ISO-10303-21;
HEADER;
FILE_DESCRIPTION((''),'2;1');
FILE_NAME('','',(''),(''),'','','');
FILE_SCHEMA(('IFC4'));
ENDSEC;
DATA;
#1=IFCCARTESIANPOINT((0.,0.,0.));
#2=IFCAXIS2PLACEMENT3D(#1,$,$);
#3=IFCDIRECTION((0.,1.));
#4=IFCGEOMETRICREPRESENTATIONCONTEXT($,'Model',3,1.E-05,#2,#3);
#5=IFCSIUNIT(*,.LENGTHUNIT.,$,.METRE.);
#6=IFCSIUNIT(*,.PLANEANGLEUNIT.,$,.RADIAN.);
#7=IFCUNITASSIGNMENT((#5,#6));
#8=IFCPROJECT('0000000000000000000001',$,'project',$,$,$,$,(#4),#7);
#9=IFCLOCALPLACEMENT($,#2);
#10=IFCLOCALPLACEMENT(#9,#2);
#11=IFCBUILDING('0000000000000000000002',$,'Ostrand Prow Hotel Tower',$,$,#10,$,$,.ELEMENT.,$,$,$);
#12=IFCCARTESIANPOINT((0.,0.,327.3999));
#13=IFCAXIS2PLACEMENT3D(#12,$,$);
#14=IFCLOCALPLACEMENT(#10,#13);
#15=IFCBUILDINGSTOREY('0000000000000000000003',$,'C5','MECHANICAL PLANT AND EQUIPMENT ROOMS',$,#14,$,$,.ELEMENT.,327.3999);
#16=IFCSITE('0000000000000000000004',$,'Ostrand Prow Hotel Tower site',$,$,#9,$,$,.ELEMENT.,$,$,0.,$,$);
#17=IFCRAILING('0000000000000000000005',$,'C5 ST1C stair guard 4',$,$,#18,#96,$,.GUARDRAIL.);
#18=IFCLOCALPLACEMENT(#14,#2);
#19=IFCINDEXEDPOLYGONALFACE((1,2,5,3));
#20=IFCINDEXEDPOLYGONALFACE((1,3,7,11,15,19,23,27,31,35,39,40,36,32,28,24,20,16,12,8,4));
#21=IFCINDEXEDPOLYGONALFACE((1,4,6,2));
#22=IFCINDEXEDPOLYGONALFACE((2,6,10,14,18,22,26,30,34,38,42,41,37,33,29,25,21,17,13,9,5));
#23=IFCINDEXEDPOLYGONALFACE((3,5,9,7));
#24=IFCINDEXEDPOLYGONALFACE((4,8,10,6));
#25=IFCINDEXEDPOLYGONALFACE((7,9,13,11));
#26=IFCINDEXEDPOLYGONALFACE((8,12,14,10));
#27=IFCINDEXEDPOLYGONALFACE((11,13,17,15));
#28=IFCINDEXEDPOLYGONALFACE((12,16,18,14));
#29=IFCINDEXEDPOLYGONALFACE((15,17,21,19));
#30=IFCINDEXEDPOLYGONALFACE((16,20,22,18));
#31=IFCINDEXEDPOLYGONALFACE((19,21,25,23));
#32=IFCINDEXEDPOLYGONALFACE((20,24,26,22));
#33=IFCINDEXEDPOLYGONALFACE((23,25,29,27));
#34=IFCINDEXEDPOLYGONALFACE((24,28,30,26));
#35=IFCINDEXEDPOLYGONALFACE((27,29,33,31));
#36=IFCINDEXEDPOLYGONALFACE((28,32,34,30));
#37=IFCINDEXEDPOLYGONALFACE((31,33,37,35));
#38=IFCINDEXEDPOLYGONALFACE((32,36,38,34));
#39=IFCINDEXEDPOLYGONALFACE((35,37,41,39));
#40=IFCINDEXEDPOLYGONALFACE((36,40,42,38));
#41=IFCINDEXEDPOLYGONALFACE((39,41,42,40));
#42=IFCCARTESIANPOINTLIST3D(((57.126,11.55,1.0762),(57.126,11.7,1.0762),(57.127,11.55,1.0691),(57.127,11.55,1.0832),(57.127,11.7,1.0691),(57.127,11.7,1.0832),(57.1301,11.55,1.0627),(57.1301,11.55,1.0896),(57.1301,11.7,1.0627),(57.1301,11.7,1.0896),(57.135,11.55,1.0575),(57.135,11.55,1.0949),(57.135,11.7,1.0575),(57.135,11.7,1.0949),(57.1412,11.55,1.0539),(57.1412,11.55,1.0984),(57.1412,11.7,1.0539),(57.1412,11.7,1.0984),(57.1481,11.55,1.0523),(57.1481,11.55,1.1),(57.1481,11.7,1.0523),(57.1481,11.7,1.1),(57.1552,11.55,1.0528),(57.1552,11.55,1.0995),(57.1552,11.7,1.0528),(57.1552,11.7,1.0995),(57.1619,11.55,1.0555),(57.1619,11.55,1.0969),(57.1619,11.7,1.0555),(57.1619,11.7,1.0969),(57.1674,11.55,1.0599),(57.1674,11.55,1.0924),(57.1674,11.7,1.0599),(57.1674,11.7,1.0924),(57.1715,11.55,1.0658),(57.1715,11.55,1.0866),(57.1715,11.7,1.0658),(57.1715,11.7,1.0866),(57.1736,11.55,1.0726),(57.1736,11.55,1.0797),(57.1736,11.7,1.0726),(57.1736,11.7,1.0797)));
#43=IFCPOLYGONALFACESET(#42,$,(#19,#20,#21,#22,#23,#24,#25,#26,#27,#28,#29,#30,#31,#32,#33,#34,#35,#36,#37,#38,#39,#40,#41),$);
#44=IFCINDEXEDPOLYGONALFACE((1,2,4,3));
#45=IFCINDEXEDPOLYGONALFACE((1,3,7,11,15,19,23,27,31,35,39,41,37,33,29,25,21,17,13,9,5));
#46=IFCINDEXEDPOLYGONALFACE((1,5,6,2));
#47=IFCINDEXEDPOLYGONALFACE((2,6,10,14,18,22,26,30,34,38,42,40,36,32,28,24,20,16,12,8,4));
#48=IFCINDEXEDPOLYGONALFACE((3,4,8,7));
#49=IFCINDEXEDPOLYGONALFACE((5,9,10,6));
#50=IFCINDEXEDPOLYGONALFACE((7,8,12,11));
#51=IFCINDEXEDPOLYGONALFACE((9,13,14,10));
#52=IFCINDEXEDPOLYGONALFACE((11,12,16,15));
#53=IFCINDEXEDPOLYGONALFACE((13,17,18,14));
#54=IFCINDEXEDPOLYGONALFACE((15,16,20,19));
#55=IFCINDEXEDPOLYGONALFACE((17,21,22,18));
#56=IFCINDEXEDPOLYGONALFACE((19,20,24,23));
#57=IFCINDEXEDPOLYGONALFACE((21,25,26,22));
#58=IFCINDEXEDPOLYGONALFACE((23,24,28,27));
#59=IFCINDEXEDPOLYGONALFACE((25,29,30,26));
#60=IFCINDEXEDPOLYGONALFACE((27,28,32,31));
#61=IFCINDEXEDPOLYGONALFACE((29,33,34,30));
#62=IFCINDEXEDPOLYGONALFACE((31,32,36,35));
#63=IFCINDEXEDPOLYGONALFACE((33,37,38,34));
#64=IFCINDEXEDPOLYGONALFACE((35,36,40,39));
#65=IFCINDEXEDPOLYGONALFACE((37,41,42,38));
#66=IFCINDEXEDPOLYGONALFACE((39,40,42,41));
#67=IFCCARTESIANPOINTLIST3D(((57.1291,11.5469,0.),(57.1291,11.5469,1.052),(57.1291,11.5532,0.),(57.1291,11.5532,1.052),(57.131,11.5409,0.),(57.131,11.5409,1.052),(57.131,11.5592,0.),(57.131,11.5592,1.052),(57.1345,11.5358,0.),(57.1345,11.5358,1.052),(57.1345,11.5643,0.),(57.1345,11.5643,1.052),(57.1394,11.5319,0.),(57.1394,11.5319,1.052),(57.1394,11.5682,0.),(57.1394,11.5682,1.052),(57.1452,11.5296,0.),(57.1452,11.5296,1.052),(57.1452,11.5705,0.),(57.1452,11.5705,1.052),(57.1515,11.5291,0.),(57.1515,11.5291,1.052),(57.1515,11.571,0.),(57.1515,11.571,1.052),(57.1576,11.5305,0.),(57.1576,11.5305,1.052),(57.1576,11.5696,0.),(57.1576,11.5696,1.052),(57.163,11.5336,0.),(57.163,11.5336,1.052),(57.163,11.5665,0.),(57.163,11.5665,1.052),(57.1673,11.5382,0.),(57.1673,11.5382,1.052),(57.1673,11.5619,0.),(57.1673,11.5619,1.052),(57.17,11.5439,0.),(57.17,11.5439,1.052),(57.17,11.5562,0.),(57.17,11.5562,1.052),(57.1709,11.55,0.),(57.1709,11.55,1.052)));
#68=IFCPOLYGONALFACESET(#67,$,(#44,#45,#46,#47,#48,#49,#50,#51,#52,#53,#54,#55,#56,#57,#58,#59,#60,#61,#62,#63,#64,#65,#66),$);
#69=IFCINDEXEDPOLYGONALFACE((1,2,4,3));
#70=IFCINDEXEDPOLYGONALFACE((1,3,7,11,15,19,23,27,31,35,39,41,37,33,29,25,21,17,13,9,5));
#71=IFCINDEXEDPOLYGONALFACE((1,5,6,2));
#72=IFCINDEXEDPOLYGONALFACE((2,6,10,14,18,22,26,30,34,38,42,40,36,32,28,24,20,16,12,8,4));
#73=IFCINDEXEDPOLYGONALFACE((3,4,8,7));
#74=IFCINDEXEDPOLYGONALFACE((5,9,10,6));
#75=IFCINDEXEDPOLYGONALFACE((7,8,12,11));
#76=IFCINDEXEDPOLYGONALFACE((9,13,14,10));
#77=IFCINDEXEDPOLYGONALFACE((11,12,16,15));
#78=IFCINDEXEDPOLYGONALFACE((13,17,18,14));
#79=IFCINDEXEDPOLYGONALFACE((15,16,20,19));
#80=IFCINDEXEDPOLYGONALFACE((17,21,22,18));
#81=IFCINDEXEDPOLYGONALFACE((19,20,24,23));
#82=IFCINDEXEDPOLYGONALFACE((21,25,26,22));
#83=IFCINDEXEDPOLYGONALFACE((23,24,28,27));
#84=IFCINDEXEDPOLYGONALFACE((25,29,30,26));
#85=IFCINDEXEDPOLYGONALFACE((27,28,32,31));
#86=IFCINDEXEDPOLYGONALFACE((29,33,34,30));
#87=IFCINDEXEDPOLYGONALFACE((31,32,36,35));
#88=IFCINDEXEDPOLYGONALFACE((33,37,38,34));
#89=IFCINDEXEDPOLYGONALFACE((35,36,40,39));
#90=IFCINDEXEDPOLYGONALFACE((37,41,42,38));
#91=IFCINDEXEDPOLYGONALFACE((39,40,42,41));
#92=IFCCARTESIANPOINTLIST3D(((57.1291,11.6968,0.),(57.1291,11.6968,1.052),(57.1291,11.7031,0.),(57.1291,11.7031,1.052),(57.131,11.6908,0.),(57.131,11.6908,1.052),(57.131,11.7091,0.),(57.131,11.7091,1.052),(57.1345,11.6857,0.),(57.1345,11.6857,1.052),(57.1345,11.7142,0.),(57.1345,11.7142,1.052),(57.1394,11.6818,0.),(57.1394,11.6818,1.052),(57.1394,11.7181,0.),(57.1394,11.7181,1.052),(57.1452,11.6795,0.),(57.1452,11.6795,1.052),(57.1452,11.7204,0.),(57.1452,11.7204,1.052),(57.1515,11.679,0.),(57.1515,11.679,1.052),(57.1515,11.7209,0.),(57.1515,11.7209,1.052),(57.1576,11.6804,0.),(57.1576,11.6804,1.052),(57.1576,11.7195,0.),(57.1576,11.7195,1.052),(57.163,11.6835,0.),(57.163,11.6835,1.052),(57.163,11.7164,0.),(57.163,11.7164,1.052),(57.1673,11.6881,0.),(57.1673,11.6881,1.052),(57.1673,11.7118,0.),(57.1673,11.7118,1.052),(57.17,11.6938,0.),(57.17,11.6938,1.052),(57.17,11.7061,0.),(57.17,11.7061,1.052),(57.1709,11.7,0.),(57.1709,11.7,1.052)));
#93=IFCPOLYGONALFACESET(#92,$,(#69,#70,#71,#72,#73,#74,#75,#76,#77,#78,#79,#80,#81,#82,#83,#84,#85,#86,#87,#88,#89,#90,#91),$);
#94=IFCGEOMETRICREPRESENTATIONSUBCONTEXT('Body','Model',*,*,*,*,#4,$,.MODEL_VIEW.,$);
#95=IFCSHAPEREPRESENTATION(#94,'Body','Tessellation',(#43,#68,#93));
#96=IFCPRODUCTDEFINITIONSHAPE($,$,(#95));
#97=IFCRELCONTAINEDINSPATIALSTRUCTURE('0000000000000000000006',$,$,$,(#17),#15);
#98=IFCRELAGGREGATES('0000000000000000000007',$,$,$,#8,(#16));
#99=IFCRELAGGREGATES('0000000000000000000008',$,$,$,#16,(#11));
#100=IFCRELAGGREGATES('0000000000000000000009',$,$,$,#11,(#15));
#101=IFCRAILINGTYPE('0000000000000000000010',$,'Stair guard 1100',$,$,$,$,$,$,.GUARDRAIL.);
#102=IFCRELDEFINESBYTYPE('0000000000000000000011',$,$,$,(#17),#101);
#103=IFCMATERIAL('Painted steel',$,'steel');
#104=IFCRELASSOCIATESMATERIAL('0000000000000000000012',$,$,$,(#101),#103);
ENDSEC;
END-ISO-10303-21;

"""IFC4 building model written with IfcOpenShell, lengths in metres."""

from ifc_helpers import new_model, si_unit, direction, frame, origin, origin_2d, place, context, subcontext, project, spatial, circle, extrude, material, type_object, element, save


model = new_model("IFC4")

# Units and contexts
model_context = context("Model", 3, precision=1e-05, world=origin(), true_north=direction((0.0, 1.0)))
body_context = subcontext(model_context, "Body", "Model", "MODEL_VIEW")
ifc_project = project(units=[si_unit("LENGTHUNIT", "METRE"), si_unit("PLANEANGLEUNIT", "RADIAN")], contexts=[model_context])

# Site, building, storey
site_placement = place(None, origin())
site = spatial("IfcSite", under=ifc_project, at=site_placement, Name="Ostrand Prow Hotel Tower site", CompositionType="ELEMENT", RefElevation=0.0)
building_placement = place(site_placement, origin())
building = spatial("IfcBuilding", under=site, at=building_placement, Name="Ostrand Prow Hotel Tower", CompositionType="ELEMENT")
storey_placement = place(building_placement, frame((0.0, 0.0, 327.3999)))
storey = spatial("IfcBuildingStorey", under=building, at=storey_placement, Name="C5", Description="MECHANICAL PLANT AND EQUIPMENT ROOMS", CompositionType="ELEMENT", Elevation=327.3999)

# Railing
ifc_material_1 = material(Name="Painted steel", Category="steel")
railing_type_1 = type_object("IfcRailingType", Name="Stair guard 1100", PredefinedType="GUARDRAIL", material=ifc_material_1)
railing_1_placement = place(storey_placement, frame((57.1499, 11.55, 0.0)))
element("IfcRailing", 1, at=railing_1_placement, inside=storey, type_object=railing_type_1, Name="C5 ST1C stair guard 4", PredefinedType="GUARDRAIL", context=body_context, shape_type="SweptSolid", body=[
    extrude(circle(Radius=0.0239, at=origin_2d()), frame((0.0, 0.0, 1.0762), z_axis=(0.0, 1.0, 0.0), x_axis=(-1.0, 0.0, 0.0)), (0.0, 0.0, 1.0), 0.1499),
    extrude(circle(Radius=0.021, at=origin_2d()), origin(), (0.0, 0.0, 1.0), 1.052),
    extrude(circle(Radius=0.021, at=origin_2d()), frame((0.0, 0.1499, 0.0)), (0.0, 0.0, 1.0), 1.052),
])

save(model, "model.ifc")
